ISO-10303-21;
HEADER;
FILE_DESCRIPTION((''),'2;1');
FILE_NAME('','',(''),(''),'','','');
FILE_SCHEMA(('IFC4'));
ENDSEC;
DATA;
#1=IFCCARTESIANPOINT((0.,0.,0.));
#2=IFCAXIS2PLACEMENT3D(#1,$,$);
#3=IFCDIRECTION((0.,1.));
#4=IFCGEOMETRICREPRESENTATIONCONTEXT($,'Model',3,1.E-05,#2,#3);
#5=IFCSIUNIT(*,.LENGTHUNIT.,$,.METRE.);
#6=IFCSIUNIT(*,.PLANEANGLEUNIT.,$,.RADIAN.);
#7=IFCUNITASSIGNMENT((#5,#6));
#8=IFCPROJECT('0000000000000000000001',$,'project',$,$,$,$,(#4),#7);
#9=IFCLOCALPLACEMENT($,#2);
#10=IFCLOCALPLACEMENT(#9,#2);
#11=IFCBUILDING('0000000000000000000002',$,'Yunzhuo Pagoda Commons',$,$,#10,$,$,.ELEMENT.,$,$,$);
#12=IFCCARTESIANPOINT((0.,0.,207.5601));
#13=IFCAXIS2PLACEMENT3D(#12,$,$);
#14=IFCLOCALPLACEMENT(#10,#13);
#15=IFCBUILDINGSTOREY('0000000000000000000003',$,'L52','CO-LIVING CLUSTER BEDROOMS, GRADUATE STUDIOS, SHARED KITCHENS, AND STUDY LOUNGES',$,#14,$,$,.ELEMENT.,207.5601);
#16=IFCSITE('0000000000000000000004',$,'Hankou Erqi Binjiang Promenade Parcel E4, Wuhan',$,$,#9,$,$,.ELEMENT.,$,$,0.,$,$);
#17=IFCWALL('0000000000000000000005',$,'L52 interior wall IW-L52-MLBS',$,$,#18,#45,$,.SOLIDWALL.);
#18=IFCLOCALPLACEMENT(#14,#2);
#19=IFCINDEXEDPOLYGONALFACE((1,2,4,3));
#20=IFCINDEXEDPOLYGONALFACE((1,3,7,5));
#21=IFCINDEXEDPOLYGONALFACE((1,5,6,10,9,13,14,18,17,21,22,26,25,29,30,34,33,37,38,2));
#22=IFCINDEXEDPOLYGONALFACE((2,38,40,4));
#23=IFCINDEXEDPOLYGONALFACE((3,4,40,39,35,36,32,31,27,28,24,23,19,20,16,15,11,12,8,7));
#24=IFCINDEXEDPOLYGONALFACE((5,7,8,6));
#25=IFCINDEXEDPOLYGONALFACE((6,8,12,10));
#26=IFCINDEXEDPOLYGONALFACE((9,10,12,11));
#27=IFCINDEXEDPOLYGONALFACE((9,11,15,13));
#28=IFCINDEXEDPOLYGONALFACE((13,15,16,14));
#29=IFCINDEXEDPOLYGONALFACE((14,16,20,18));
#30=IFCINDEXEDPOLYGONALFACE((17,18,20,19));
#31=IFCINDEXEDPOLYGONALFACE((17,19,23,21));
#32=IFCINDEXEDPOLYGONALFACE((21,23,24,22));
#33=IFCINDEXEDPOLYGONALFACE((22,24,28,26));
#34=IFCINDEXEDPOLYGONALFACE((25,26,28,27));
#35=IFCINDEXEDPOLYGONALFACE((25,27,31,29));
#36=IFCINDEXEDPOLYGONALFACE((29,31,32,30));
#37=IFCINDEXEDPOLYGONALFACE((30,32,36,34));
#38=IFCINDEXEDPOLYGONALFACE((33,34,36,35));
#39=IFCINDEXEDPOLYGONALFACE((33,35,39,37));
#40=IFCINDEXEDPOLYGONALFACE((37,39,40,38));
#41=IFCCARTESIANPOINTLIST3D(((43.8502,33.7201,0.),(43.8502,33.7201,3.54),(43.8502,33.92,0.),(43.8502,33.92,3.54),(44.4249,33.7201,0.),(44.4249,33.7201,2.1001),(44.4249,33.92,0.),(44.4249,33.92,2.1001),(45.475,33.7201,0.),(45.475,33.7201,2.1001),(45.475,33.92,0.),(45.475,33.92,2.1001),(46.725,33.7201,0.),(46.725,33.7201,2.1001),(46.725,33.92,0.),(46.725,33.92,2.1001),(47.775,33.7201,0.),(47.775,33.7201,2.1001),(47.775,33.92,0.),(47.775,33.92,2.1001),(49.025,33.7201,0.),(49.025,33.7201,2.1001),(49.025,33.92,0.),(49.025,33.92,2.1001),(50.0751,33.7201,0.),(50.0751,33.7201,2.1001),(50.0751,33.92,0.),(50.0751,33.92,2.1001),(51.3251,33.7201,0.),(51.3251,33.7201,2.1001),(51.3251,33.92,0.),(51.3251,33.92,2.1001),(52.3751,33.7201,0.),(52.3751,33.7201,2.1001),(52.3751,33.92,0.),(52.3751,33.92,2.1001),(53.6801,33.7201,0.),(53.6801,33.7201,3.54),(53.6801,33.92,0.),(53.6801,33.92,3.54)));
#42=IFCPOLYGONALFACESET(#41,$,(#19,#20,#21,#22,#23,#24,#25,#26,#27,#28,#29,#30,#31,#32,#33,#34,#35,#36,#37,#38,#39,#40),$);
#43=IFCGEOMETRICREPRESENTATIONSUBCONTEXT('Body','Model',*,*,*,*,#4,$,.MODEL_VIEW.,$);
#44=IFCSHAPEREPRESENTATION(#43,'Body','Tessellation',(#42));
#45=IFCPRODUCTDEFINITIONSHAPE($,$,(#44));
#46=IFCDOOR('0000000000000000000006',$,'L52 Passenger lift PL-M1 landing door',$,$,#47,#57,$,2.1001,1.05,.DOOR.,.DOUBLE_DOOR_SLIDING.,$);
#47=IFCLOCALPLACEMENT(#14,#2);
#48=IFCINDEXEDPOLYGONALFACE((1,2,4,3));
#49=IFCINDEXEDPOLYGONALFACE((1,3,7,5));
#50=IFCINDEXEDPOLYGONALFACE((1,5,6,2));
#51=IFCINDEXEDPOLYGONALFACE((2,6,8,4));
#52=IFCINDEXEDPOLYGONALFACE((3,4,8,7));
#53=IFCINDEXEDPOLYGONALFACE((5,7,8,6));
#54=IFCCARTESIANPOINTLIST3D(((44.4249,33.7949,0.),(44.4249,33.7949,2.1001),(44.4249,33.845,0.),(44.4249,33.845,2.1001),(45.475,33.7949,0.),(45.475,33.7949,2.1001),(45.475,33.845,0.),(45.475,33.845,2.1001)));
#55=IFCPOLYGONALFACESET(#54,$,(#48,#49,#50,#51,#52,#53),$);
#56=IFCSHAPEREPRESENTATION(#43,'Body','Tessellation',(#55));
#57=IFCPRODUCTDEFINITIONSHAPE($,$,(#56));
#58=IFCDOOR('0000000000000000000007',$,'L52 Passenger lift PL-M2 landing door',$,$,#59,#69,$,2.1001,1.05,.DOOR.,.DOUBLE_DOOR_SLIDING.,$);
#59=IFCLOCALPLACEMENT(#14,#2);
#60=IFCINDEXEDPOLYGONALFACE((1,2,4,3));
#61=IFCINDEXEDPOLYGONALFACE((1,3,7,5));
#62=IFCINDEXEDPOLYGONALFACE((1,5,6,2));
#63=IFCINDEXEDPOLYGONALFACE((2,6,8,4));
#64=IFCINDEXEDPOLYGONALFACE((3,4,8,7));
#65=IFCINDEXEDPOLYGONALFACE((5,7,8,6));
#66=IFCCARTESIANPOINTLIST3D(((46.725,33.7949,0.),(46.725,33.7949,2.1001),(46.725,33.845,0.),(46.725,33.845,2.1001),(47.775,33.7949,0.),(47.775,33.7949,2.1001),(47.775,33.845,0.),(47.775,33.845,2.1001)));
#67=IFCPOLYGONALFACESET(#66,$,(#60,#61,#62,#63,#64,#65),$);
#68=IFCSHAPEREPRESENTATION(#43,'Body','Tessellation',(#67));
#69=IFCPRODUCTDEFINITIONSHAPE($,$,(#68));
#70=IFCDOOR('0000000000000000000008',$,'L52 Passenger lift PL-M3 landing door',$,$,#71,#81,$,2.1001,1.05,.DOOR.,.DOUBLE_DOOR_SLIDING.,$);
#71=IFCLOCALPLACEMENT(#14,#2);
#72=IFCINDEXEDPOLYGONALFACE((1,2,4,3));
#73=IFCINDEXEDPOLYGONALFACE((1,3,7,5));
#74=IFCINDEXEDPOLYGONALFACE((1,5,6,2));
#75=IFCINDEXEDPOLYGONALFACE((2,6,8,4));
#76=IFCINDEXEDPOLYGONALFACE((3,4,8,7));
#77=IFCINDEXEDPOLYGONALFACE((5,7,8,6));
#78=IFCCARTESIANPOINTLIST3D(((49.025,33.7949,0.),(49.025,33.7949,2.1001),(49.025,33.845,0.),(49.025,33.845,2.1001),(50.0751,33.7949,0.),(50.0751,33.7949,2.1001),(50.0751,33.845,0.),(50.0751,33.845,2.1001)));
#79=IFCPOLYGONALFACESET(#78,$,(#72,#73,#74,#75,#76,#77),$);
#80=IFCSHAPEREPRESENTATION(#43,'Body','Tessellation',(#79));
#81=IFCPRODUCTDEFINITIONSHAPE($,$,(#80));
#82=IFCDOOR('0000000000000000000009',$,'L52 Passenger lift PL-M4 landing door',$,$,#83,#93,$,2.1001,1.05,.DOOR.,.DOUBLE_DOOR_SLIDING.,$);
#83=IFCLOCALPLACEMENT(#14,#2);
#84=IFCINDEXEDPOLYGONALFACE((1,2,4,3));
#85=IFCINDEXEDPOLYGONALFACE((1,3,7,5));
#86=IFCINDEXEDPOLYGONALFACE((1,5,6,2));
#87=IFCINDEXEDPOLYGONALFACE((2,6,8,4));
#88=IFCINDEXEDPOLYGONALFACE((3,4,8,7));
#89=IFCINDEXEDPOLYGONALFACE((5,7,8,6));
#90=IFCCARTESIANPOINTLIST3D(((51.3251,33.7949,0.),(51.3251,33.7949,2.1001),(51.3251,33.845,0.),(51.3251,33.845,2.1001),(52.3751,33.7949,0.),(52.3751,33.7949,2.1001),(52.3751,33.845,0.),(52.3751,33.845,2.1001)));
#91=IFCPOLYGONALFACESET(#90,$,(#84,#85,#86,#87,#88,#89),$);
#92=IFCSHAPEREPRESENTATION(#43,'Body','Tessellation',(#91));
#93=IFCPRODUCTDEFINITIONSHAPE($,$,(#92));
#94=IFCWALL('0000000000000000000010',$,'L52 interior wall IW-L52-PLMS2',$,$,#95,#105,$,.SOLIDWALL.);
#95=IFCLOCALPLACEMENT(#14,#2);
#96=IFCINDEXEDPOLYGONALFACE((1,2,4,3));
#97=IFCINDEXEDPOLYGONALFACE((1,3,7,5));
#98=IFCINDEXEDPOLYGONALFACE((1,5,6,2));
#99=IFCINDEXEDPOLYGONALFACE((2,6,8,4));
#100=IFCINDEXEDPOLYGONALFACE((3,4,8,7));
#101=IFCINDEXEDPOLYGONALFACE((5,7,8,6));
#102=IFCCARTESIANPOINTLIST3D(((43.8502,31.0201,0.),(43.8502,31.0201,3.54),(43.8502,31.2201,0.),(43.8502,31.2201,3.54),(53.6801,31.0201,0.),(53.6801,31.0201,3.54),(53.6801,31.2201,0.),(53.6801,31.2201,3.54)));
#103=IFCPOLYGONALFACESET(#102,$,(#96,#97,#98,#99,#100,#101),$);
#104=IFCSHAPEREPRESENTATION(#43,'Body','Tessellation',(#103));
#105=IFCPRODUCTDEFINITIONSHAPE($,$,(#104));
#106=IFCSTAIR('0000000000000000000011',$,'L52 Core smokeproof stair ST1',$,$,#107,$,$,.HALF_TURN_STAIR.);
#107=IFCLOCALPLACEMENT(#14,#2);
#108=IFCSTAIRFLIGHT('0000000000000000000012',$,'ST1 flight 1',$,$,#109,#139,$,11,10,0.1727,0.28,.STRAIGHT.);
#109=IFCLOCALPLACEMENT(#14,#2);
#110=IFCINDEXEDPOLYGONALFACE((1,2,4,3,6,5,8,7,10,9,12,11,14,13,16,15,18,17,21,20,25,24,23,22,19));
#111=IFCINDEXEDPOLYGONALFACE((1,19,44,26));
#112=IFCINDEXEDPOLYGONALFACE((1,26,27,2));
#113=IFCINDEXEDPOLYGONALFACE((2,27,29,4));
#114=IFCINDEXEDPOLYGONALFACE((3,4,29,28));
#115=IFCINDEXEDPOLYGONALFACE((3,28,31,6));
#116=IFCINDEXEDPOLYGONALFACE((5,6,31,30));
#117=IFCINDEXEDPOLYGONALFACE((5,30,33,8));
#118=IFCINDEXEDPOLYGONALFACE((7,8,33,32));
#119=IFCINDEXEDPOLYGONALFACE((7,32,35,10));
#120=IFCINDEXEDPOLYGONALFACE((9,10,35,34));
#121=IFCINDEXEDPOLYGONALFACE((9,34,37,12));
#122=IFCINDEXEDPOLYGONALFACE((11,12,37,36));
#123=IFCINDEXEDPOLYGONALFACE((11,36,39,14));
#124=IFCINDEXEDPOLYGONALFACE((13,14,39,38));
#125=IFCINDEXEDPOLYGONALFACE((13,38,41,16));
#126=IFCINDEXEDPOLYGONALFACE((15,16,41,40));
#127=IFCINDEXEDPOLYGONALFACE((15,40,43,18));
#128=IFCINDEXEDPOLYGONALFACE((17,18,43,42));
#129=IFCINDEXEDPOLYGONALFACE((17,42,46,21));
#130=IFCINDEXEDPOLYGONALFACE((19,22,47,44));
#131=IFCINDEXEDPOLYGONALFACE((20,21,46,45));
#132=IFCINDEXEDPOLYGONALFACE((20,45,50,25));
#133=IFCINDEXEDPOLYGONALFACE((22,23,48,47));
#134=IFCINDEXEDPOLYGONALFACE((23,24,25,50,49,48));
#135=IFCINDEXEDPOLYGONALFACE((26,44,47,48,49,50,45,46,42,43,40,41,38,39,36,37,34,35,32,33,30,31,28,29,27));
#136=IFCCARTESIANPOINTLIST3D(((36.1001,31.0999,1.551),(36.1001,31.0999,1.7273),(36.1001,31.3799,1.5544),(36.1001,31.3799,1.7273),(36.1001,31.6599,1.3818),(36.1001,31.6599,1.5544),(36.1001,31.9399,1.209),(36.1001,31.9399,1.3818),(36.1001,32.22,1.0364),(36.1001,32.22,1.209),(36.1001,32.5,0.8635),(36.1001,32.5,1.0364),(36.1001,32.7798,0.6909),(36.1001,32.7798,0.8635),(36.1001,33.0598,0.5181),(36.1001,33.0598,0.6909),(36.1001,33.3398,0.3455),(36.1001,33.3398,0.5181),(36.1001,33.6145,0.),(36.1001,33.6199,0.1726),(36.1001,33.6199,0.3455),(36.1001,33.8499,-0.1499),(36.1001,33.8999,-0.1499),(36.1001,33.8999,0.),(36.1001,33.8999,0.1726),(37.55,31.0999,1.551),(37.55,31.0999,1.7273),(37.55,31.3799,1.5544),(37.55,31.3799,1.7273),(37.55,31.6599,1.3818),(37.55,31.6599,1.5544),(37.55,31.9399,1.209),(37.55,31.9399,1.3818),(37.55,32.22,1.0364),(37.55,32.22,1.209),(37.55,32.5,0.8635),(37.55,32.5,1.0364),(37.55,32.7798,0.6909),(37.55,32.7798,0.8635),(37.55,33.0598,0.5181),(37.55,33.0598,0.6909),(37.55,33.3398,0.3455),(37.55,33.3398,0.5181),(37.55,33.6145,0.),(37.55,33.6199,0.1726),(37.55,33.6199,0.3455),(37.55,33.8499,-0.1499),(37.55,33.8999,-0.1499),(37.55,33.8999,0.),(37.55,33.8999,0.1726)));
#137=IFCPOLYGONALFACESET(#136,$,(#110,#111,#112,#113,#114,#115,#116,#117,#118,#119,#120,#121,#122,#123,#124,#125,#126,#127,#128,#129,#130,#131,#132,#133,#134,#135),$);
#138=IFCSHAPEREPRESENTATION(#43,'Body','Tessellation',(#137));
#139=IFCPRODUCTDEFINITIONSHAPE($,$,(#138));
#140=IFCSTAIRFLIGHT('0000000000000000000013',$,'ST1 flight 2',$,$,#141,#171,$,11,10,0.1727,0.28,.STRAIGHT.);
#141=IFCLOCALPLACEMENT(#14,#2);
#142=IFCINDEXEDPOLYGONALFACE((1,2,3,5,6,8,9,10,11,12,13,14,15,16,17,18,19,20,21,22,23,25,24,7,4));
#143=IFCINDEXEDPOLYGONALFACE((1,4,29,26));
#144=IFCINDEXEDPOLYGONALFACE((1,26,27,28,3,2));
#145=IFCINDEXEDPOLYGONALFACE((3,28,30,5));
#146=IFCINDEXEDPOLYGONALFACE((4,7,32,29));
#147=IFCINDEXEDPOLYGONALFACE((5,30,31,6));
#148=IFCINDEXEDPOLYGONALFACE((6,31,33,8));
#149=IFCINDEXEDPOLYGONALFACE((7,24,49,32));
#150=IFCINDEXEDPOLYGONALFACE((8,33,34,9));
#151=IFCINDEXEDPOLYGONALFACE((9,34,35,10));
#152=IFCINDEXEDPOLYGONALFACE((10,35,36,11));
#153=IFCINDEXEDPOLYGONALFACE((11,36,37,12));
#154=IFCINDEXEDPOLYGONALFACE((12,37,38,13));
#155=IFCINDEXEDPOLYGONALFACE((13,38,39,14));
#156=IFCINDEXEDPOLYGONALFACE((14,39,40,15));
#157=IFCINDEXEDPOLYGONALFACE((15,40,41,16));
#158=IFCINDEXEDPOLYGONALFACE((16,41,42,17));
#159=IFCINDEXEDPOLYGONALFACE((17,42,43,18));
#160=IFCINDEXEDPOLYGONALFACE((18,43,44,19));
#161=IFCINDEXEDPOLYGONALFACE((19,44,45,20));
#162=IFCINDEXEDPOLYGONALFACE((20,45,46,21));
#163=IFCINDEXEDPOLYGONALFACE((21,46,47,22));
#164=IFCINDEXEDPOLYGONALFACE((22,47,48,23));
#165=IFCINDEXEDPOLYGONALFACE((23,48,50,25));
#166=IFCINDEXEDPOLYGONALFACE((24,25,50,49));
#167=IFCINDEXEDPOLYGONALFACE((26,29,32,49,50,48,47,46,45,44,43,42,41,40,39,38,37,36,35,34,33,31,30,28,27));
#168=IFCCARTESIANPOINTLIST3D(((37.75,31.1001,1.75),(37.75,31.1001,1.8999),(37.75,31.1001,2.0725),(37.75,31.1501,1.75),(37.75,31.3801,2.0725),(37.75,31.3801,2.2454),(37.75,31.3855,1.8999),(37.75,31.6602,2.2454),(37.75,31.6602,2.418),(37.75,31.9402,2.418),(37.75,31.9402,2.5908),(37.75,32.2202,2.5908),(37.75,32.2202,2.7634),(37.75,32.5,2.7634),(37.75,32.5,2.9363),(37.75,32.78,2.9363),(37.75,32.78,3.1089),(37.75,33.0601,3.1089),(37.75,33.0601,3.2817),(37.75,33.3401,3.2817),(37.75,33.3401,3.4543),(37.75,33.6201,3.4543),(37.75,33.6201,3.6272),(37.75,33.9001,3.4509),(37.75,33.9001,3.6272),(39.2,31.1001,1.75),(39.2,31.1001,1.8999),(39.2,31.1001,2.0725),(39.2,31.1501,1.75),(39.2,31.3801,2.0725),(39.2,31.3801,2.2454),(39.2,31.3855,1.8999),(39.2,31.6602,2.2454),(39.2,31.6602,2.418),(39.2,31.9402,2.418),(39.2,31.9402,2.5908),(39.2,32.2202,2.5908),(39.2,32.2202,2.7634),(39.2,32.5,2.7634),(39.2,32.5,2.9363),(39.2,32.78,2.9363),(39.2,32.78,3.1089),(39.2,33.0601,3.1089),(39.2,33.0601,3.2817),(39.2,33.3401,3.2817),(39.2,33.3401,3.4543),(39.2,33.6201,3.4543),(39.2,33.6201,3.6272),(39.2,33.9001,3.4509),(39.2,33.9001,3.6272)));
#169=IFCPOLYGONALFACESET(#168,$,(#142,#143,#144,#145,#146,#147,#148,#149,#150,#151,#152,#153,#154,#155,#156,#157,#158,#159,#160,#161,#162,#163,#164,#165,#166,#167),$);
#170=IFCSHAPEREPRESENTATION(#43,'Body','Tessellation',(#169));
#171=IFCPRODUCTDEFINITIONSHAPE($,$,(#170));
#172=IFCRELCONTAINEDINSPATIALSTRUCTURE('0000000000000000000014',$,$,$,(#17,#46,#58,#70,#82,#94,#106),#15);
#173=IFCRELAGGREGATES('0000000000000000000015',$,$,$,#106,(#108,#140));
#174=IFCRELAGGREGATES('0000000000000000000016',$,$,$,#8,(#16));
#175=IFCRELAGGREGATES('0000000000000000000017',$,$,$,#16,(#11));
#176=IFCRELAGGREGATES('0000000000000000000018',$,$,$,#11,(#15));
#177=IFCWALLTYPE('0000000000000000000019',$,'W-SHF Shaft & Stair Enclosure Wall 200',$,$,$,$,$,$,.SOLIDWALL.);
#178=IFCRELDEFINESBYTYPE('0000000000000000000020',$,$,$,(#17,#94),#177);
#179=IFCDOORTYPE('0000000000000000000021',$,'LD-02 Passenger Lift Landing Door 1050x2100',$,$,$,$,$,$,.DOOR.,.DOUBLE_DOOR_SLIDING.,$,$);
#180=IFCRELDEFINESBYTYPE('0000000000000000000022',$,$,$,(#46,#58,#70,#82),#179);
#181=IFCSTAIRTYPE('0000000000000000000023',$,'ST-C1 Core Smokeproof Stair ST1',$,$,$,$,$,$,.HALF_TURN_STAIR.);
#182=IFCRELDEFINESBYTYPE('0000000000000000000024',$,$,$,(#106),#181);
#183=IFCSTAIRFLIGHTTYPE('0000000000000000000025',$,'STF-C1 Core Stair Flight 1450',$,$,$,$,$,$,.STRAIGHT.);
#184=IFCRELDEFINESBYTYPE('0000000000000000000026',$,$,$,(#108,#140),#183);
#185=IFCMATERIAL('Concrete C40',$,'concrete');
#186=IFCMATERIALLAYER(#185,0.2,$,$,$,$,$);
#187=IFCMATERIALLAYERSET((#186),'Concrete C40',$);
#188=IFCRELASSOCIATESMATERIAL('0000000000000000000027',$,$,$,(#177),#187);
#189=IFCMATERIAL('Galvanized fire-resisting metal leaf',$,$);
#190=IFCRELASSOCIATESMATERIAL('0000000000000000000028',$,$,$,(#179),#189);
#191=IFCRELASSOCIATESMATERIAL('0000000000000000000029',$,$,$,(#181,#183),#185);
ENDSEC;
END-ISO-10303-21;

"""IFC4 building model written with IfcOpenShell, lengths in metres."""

from ifc_helpers import new_model, si_unit, direction, frame, frame_2d, origin, origin_with_axes, place, context, subcontext, project, spatial, polyline, rectangle, outline, extrude, source, transform, mapped, material, layer, layer_set, type_object, element, fill, aggregate, save


model = new_model("IFC4")

# Units and contexts
model_context = context("Model", 3, precision=1e-05, world=origin(), true_north=direction((0.0, 1.0)))
body_context = subcontext(model_context, "Body", "Model", "MODEL_VIEW")
ifc_project = project(units=[si_unit("LENGTHUNIT", "METRE"), si_unit("PLANEANGLEUNIT", "RADIAN")], contexts=[model_context])

# Site, building, storey
site_placement = place(None, origin())
site = spatial("IfcSite", under=ifc_project, at=site_placement, Name="Hankou Erqi Binjiang Promenade Parcel E4, Wuhan", CompositionType="ELEMENT", RefElevation=0.0)
building_placement = place(site_placement, origin())
building = spatial("IfcBuilding", under=site, at=building_placement, Name="Yunzhuo Pagoda Commons", CompositionType="ELEMENT")
storey_placement = place(building_placement, frame((0.0, 0.0, 207.5601)))
storey = spatial("IfcBuildingStorey", under=building, at=storey_placement, Name="L52", Description="CO-LIVING CLUSTER BEDROOMS, GRADUATE STUDIOS, SHARED KITCHENS, AND STUDY LOUNGES", CompositionType="ELEMENT", Elevation=207.5601)

# Shared definitions
ifc_material_1 = material(Name="Concrete C40", Category="concrete")
ifc_layer_1 = layer(ifc_material_1, 0.2)
ifc_layer_set_1 = layer_set([ifc_layer_1], Name="Concrete C40")
wall_type_1 = type_object("IfcWallType", Name="W-SHF Shaft & Stair Enclosure Wall 200", PredefinedType="SOLIDWALL", material=ifc_layer_set_1)
ifc_material_2 = material(Name="Galvanized fire-resisting metal leaf")
door_type = type_object("IfcDoorType", Name="LD-02 Passenger Lift Landing Door 1050x2100", OperationType="DOUBLE_DOOR_SLIDING", PredefinedType="DOOR", material=ifc_material_2)
shared_shape_1 = source(origin(), body_context, "Body", "SweptSolid", [
    extrude(rectangle(XDim=1.05, YDim=2.1001, at=frame_2d((0.5249, 1.05))), frame((0.0, 0.0249, 0.0), z_axis=(0.0, -1.0, 0.0), x_axis=(1.0, 0.0, 0.0)), (0.0, 0.0, 1.0), 0.05),
])

# Wall, openings, doors
wall_1_placement = place(storey_placement, frame((43.8501, 33.8201, 0.0), z_axis=(0.0, 0.0, 1.0), x_axis=(1.0, 0.0, 0.0)))
wall_1 = element("IfcWall", 1, at=wall_1_placement, inside=storey, type_object=wall_type_1, Name="L52 interior wall IW-L52-MLBS", PredefinedType="SOLIDWALL", context=body_context, shape_type="SweptSolid", body=[
    extrude(rectangle(XDim=9.8298, YDim=0.2, at=frame_2d((4.915, 0.0))), origin(), (0.0, 0.0, 1.0), 3.54),
])
opening_1_placement = place(wall_1_placement, frame((0.575, 0.0, 0.0)))
opening_1 = element("IfcOpeningElement", 2, at=opening_1_placement, cuts=wall_1, PredefinedType="OPENING", context=body_context, shape_type="SweptSolid", body=[
    extrude(rectangle(XDim=1.05, YDim=2.1001, at=frame_2d((0.5249, 1.05))), frame((0.0, 0.1099, 0.0), z_axis=(0.0, -1.0, 0.0), x_axis=(1.0, 0.0, 0.0)), (0.0, 0.0, 1.0), 0.22),
])
opening_2_placement = place(wall_1_placement, frame((2.875, 0.0, 0.0)))
opening_2 = element("IfcOpeningElement", 3, at=opening_2_placement, cuts=wall_1, PredefinedType="OPENING", context=body_context, shape_type="SweptSolid", body=[
    extrude(rectangle(XDim=1.05, YDim=2.1001, at=frame_2d((0.5249, 1.05))), frame((0.0, 0.1099, 0.0), z_axis=(0.0, -1.0, 0.0), x_axis=(1.0, 0.0, 0.0)), (0.0, 0.0, 1.0), 0.22),
])
opening_3_placement = place(wall_1_placement, frame((5.175, 0.0, 0.0)))
opening_3 = element("IfcOpeningElement", 4, at=opening_3_placement, cuts=wall_1, PredefinedType="OPENING", context=body_context, shape_type="SweptSolid", body=[
    extrude(rectangle(XDim=1.05, YDim=2.1001, at=frame_2d((0.5249, 1.05))), frame((0.0, 0.1099, 0.0), z_axis=(0.0, -1.0, 0.0), x_axis=(1.0, 0.0, 0.0)), (0.0, 0.0, 1.0), 0.22),
])
opening_4_placement = place(wall_1_placement, frame((7.4751, 0.0, 0.0)))
opening_4 = element("IfcOpeningElement", 5, at=opening_4_placement, cuts=wall_1, PredefinedType="OPENING", context=body_context, shape_type="SweptSolid", body=[
    extrude(rectangle(XDim=1.05, YDim=2.1001, at=frame_2d((0.5249, 1.05))), frame((0.0, 0.1099, 0.0), z_axis=(0.0, -1.0, 0.0), x_axis=(1.0, 0.0, 0.0)), (0.0, 0.0, 1.0), 0.22),
])
door_1_placement = place(opening_1_placement, origin_with_axes())
door_1 = element("IfcDoor", 6, at=door_1_placement, inside=storey, type_object=door_type, Name="L52 Passenger lift PL-M1 landing door", OperationType="DOUBLE_DOOR_SLIDING", OverallHeight=2.1001, OverallWidth=1.05, PredefinedType="DOOR", context=body_context, shape_type="MappedRepresentation", body=[
    mapped(shared_shape_1, transform((0.0, 0.0, 0.0), scale=1.0)),
])
fill(opening_1, door_1)
door_2_placement = place(opening_2_placement, origin_with_axes())
door_2 = element("IfcDoor", 7, at=door_2_placement, inside=storey, type_object=door_type, Name="L52 Passenger lift PL-M2 landing door", OperationType="DOUBLE_DOOR_SLIDING", OverallHeight=2.1001, OverallWidth=1.05, PredefinedType="DOOR", context=body_context, shape_type="MappedRepresentation", body=[
    mapped(shared_shape_1, transform((0.0, 0.0, 0.0), scale=1.0)),
])
fill(opening_2, door_2)
door_3_placement = place(opening_3_placement, origin_with_axes())
door_3 = element("IfcDoor", 8, at=door_3_placement, inside=storey, type_object=door_type, Name="L52 Passenger lift PL-M3 landing door", OperationType="DOUBLE_DOOR_SLIDING", OverallHeight=2.1001, OverallWidth=1.05, PredefinedType="DOOR", context=body_context, shape_type="MappedRepresentation", body=[
    mapped(shared_shape_1, transform((0.0, 0.0, 0.0), scale=1.0)),
])
fill(opening_3, door_3)
door_4_placement = place(opening_4_placement, origin_with_axes())
door_4 = element("IfcDoor", 9, at=door_4_placement, inside=storey, type_object=door_type, Name="L52 Passenger lift PL-M4 landing door", OperationType="DOUBLE_DOOR_SLIDING", OverallHeight=2.1001, OverallWidth=1.05, PredefinedType="DOOR", context=body_context, shape_type="MappedRepresentation", body=[
    mapped(shared_shape_1, transform((0.0, 0.0, 0.0), scale=1.0)),
])
fill(opening_4, door_4)

# Wall
wall_2_placement = place(storey_placement, frame((43.8501, 31.1201, 0.0), z_axis=(0.0, 0.0, 1.0), x_axis=(1.0, 0.0, 0.0)))
element("IfcWall", 10, at=wall_2_placement, inside=storey, type_object=wall_type_1, Name="L52 interior wall IW-L52-PLMS2", PredefinedType="SOLIDWALL", context=body_context, shape_type="SweptSolid", body=[
    extrude(rectangle(XDim=9.8298, YDim=0.2, at=frame_2d((4.915, 0.0))), origin(), (0.0, 0.0, 1.0), 3.54),
])

# Stair, stair flights
stair_type = type_object("IfcStairType", Name="ST-C1 Core Smokeproof Stair ST1", PredefinedType="HALF_TURN_STAIR", material=ifc_material_1)
stair_placement = place(storey_placement, origin())
stair = element("IfcStair", 11, at=stair_placement, inside=storey, type_object=stair_type, Name="L52 Core smokeproof stair ST1", PredefinedType="HALF_TURN_STAIR")
stair_flight_type = type_object("IfcStairFlightType", Name="STF-C1 Core Stair Flight 1450", PredefinedType="STRAIGHT", material=ifc_material_1)
shared_shape_2 = source(origin(), body_context, "Body", "SweptSolid", [
    extrude(outline(polyline([(0.0, -0.1499), (0.0, 0.0), (0.0, 0.1726), (0.28, 0.1726), (0.28, 0.3455), (0.5601, 0.3455), (0.5601, 0.5181), (0.8401, 0.5181), (0.8401, 0.6909), (1.1201, 0.6909), (1.1201, 0.8635), (1.3999, 0.8635), (1.3999, 1.0364), (1.6799, 1.0364), (1.6799, 1.209), (1.96, 1.209), (1.96, 1.3818), (2.24, 1.3818), (2.24, 1.5544), (2.52, 1.5544), (2.52, 1.7273), (2.8, 1.7273), (2.8, 1.8999), (2.8, 1.551), (0.2854, 0.0), (0.05, -0.1499), (0.0, -0.1499)])), frame((0.0, 0.7251, 0.0), z_axis=(0.0, -1.0, 0.0), x_axis=(1.0, 0.0, 0.0)), (0.0, 0.0, 1.0), 1.45),
])
stair_flight_1_placement = place(storey_placement, frame((36.825, 33.8999, 0.0), z_axis=(0.0, 0.0, 1.0), x_axis=(0.0, -1.0, 0.0)))
stair_flight_1 = element("IfcStairFlight", 12, at=stair_flight_1_placement, type_object=stair_flight_type, Name="ST1 flight 1", NumberOfRisers=11, NumberOfTreads=10, PredefinedType="STRAIGHT", RiserHeight=0.1727, TreadLength=0.28, context=body_context, shape_type="MappedRepresentation", body=[
    mapped(shared_shape_2, transform((0.0, 0.0, 0.0), scale=1.0)),
])
stair_flight_2_placement = place(storey_placement, frame((38.4751, 31.1001, 1.8999), z_axis=(0.0, 0.0, 1.0), x_axis=(0.0, 1.0, 0.0)))
stair_flight_2 = element("IfcStairFlight", 13, at=stair_flight_2_placement, type_object=stair_flight_type, Name="ST1 flight 2", NumberOfRisers=11, NumberOfTreads=10, PredefinedType="STRAIGHT", RiserHeight=0.1727, TreadLength=0.28, context=body_context, shape_type="MappedRepresentation", body=[
    mapped(shared_shape_2, transform((0.0, 0.0, 0.0), scale=1.0)),
])
aggregate(stair, [stair_flight_1, stair_flight_2])

save(model, "model.ifc")
